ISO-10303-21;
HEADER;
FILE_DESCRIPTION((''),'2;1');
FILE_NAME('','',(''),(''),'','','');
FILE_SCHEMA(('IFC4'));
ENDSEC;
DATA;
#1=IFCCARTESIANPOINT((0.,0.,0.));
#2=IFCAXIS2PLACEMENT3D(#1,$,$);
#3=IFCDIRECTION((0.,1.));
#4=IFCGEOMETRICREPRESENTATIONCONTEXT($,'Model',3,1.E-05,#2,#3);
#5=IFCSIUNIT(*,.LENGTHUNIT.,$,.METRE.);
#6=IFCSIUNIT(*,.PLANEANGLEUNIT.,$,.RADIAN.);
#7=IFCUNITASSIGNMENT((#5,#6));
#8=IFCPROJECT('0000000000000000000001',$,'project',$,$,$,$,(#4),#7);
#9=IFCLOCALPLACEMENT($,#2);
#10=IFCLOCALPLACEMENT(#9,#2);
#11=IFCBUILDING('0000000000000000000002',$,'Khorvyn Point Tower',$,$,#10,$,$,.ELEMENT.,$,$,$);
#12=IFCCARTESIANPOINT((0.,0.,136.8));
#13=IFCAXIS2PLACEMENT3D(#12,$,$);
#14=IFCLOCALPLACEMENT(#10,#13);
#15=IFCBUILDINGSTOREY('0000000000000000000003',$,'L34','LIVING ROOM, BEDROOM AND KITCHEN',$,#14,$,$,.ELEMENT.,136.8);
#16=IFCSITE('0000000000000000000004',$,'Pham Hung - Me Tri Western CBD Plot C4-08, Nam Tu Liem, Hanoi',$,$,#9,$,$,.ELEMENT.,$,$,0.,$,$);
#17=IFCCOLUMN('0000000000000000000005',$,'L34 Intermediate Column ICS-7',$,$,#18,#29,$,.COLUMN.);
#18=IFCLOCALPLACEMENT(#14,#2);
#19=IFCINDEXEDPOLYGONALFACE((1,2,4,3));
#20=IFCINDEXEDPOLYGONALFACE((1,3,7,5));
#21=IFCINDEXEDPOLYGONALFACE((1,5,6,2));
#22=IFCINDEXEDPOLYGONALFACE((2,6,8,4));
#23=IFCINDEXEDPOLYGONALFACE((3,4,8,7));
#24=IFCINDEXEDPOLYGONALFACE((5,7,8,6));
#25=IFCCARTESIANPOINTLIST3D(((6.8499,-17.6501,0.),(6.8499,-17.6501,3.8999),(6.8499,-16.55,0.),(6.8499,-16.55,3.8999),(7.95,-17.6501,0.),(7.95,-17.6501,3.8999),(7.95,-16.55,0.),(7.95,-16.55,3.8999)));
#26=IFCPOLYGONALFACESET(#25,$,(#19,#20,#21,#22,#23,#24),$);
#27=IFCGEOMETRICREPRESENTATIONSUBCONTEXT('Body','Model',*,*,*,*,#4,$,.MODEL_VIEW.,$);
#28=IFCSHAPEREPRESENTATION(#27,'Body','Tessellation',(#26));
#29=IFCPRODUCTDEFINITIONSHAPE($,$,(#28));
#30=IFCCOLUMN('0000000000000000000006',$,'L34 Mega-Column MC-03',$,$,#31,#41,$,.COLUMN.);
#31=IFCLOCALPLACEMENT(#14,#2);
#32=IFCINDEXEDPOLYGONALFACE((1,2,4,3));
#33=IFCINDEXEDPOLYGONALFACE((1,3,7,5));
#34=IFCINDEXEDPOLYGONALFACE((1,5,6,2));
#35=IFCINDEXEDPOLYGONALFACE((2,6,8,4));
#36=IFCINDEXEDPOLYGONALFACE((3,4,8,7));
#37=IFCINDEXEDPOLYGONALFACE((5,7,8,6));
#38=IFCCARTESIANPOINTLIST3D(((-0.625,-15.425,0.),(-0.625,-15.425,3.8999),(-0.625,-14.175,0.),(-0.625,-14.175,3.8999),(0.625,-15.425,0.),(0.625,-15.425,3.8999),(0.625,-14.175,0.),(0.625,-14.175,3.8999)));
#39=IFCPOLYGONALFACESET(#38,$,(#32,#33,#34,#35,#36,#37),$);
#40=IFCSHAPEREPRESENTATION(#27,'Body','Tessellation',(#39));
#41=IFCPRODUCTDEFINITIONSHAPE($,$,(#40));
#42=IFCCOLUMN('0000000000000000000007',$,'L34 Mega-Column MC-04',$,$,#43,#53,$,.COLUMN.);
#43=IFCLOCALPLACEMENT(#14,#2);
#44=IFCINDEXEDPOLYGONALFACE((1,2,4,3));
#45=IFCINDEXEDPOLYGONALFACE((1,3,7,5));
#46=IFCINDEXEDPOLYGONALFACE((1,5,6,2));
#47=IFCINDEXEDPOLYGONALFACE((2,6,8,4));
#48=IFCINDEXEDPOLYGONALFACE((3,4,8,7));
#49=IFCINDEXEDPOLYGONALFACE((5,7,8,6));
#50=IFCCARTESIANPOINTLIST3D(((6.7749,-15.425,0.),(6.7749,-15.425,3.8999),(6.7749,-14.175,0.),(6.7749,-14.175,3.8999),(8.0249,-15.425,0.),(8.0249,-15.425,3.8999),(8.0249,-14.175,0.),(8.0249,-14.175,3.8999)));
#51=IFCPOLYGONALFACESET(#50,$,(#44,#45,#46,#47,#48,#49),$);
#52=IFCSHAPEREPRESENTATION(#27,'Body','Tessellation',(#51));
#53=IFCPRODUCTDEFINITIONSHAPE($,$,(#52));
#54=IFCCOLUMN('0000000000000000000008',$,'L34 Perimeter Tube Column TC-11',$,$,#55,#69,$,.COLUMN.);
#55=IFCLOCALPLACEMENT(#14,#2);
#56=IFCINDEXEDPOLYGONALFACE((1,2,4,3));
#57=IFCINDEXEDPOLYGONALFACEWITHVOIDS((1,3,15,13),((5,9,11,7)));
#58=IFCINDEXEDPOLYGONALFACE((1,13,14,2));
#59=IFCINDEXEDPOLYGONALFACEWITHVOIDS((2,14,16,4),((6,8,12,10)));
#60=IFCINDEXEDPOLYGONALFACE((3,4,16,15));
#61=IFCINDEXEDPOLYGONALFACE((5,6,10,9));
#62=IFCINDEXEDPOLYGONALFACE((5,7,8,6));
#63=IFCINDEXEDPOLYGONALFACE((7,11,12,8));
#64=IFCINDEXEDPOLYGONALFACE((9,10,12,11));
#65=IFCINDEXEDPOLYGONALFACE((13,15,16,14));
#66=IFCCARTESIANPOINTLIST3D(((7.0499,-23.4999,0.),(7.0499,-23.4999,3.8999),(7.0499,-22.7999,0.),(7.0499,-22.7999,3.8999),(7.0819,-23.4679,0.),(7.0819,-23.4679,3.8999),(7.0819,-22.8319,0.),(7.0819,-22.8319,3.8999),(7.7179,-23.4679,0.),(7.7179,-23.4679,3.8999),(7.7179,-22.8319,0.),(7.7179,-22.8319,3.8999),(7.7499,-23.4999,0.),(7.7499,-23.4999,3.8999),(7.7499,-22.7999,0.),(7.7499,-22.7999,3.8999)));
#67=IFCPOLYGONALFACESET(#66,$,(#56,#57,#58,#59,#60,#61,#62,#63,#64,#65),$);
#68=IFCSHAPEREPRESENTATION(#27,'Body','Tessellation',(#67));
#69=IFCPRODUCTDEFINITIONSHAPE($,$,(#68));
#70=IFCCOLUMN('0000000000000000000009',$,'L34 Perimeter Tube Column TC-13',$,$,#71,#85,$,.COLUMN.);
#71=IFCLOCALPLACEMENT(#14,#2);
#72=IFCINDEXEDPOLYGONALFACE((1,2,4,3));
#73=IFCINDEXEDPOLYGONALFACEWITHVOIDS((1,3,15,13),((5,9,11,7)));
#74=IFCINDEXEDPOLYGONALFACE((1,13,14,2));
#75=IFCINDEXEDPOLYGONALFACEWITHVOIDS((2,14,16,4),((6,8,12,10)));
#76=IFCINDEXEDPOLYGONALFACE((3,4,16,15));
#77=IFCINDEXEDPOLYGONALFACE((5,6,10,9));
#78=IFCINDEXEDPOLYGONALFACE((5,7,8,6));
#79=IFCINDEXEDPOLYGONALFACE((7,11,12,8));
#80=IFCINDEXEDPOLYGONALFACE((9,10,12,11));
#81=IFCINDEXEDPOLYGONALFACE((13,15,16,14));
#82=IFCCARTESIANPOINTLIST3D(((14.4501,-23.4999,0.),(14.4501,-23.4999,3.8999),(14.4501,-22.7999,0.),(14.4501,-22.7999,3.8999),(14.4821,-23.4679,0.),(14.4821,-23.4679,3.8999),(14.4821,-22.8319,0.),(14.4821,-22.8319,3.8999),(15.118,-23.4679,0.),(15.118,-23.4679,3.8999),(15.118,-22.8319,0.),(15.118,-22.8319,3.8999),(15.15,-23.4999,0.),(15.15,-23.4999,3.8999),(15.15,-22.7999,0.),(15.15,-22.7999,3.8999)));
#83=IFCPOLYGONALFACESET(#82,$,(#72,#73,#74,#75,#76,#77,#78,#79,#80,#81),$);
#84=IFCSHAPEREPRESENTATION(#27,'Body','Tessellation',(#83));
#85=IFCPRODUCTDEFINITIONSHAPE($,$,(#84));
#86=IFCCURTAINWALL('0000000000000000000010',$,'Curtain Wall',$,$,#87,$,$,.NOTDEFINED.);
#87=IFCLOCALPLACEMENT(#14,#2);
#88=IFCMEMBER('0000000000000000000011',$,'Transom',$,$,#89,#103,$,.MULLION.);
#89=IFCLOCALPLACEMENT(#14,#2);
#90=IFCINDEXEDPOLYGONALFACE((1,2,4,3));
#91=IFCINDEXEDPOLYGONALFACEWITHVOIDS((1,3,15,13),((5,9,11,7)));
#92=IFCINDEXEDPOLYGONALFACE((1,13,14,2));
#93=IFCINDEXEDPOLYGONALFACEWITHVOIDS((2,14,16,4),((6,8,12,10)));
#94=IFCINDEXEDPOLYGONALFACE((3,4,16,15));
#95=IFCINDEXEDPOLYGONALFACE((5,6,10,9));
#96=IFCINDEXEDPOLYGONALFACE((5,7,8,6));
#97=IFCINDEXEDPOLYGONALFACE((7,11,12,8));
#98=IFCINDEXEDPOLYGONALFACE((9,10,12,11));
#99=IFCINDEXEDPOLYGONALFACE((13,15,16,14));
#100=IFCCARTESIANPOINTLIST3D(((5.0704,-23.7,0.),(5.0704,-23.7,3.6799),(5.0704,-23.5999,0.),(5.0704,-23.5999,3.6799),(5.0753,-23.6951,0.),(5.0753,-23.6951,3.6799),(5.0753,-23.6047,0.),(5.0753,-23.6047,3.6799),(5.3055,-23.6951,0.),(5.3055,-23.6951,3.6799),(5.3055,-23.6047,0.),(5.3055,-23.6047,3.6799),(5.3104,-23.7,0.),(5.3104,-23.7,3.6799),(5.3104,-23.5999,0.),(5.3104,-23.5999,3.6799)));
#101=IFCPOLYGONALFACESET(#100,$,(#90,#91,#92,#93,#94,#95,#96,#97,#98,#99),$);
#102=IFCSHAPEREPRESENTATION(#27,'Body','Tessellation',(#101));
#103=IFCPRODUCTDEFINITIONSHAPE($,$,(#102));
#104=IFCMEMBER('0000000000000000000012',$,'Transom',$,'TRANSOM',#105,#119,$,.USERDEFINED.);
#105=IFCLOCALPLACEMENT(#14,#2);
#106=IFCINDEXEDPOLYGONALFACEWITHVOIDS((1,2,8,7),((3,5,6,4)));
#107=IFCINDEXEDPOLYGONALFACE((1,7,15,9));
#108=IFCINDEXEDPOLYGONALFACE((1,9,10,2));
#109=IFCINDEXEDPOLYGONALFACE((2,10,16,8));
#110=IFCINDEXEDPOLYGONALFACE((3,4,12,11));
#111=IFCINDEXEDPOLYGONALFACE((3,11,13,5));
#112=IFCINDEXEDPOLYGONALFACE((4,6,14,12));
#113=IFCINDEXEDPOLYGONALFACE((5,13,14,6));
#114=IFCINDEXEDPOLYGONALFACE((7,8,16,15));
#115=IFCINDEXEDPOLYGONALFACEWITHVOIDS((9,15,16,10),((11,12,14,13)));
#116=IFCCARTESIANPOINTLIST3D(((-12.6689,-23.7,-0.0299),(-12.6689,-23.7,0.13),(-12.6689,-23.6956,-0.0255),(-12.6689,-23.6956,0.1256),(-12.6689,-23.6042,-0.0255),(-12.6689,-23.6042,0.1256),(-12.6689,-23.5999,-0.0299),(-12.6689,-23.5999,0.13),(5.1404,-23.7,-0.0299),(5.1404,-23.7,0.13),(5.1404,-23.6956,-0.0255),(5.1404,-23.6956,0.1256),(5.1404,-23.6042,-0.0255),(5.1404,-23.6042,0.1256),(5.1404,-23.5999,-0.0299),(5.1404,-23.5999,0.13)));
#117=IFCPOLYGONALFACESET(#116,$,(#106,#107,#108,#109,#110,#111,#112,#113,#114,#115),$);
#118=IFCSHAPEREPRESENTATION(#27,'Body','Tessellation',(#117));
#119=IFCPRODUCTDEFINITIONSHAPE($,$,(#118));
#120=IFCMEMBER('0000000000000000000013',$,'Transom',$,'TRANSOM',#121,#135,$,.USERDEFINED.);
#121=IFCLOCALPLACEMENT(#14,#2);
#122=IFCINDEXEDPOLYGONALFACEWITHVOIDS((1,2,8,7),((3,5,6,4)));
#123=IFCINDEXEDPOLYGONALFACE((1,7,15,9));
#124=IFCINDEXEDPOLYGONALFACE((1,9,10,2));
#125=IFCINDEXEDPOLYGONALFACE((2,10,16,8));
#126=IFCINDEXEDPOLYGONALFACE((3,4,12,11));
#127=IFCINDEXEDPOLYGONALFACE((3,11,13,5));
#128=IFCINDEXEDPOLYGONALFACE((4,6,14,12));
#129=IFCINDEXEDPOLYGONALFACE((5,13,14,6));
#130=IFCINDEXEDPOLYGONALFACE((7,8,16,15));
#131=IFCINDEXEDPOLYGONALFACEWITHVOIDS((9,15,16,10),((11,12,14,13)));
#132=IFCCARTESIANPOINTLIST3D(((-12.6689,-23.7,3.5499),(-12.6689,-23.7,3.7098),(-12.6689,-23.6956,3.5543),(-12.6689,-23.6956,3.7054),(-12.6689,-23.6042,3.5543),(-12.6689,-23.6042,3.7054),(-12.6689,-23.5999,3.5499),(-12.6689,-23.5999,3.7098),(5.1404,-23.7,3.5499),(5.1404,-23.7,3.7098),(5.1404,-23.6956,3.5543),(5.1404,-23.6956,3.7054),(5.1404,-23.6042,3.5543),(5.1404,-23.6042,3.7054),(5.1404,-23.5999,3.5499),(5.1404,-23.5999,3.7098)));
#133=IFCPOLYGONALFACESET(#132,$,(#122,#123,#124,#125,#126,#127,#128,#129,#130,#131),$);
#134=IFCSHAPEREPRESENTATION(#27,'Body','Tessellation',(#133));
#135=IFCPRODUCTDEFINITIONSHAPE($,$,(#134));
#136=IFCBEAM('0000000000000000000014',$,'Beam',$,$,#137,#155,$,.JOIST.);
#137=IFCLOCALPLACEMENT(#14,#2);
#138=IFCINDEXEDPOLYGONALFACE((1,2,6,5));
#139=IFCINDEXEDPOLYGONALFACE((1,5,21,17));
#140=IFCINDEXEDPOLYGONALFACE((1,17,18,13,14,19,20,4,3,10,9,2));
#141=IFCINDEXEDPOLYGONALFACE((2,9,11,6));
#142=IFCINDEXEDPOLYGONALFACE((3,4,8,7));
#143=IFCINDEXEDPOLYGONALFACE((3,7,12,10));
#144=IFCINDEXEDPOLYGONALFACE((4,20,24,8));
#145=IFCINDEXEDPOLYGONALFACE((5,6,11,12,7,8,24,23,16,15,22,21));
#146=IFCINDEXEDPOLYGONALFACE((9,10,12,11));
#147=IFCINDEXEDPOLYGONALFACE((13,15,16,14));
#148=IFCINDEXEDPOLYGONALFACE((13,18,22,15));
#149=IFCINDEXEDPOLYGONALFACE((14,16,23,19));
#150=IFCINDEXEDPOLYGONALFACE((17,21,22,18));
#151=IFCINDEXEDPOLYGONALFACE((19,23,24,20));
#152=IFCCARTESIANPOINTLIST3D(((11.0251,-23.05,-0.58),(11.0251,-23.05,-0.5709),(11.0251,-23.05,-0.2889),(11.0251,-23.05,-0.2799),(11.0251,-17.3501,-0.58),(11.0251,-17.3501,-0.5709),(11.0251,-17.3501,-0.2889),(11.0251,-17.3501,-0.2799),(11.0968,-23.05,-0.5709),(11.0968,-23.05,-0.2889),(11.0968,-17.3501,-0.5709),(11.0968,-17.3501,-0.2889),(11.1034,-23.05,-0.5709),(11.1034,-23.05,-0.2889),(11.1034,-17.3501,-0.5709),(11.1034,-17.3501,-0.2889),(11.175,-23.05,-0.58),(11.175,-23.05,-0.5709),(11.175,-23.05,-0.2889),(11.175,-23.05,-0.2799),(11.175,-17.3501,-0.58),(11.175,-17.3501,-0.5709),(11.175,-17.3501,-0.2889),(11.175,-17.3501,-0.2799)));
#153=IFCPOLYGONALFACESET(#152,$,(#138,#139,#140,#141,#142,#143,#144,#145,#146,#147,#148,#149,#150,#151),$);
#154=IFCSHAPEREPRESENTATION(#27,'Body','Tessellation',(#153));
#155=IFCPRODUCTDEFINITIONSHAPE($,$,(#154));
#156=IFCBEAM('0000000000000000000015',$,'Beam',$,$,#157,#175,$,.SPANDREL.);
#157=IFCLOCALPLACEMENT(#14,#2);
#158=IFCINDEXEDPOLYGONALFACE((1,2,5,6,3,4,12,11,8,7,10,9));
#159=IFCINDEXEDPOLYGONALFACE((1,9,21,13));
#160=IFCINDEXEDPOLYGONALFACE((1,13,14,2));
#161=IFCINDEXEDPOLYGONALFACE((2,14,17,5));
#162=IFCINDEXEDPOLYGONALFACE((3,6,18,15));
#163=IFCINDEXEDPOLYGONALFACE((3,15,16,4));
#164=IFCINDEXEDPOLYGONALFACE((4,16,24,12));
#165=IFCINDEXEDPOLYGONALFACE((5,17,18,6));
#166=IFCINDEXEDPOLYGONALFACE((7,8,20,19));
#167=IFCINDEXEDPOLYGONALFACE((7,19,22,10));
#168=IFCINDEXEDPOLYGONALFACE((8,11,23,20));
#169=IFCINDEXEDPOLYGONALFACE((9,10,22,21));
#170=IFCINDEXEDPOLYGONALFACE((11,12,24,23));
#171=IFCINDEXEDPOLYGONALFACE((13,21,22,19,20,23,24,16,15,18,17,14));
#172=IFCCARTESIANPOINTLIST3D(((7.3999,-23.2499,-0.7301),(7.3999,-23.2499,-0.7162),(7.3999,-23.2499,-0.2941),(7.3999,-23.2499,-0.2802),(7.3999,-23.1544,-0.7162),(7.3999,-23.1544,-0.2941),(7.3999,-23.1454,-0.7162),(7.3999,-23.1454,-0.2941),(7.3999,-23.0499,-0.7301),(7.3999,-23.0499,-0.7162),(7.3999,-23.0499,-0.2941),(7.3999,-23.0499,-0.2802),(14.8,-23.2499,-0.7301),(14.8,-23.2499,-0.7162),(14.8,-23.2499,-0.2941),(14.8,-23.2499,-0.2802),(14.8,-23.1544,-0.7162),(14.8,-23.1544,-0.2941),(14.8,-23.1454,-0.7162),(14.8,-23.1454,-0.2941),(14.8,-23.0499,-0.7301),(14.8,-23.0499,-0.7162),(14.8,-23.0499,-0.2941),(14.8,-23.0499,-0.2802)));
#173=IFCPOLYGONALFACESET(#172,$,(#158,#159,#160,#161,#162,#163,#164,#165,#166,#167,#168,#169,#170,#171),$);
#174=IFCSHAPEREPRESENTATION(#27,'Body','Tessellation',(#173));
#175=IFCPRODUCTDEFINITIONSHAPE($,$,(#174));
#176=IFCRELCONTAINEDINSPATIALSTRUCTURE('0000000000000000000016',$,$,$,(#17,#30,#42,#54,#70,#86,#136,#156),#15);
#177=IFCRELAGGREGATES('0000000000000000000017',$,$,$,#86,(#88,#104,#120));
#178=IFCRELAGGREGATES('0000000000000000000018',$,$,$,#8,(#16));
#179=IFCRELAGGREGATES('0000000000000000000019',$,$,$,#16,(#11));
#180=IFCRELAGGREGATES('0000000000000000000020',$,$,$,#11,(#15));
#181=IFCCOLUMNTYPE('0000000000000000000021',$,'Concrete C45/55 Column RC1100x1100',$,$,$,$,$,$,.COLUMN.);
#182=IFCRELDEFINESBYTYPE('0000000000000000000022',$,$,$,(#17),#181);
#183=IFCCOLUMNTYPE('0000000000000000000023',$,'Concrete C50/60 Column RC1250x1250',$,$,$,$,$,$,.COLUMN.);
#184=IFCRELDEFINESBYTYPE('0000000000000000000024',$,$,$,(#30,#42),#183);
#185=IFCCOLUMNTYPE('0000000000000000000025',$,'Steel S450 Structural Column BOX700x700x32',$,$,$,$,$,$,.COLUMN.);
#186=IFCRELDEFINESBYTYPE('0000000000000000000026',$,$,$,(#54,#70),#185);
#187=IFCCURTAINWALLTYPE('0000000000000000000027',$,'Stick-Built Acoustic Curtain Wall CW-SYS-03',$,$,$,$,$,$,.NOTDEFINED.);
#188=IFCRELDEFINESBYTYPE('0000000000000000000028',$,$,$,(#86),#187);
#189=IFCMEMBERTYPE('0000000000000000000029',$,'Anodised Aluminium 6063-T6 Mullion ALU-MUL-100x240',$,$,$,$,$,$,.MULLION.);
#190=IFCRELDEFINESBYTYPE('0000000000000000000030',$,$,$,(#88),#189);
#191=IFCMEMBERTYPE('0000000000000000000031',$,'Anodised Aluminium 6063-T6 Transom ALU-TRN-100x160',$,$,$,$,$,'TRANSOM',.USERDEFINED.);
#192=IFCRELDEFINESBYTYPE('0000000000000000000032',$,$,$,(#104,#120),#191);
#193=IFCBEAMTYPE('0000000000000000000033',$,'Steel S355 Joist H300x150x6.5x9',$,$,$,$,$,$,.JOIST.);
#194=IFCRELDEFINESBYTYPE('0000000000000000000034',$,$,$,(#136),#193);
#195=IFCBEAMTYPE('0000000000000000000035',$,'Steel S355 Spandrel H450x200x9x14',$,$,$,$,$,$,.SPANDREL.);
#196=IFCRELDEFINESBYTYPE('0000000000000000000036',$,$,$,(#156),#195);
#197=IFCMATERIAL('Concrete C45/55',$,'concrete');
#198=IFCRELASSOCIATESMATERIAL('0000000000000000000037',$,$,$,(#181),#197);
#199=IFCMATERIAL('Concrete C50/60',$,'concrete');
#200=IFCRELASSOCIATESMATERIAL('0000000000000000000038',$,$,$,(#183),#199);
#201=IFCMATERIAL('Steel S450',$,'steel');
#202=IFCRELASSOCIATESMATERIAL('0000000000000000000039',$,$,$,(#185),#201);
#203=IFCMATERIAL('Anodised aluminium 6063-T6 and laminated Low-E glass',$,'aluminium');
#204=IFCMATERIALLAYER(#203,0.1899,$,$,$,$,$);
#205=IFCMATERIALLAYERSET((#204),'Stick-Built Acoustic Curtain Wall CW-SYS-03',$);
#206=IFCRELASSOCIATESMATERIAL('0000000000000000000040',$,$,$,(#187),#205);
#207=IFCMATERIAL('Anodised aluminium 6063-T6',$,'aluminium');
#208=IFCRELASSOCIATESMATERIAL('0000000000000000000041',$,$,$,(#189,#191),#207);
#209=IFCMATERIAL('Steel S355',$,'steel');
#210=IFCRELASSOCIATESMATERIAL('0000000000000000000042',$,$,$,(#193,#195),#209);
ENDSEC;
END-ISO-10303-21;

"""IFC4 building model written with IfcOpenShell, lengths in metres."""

from ifc_helpers import new_model, si_unit, direction, frame, origin, origin_2d, place, context, subcontext, project, spatial, rectangle, hollow_rectangle, i_section, extrude, material, layer, layer_set, material_profile, profile_set, type_object, element, aggregate, save


model = new_model("IFC4")

# Units and contexts
model_context = context("Model", 3, precision=1e-05, world=origin(), true_north=direction((0.0, 1.0)))
body_context = subcontext(model_context, "Body", "Model", "MODEL_VIEW")
ifc_project = project(units=[si_unit("LENGTHUNIT", "METRE"), si_unit("PLANEANGLEUNIT", "RADIAN")], contexts=[model_context])

# Site, building, storey
site_placement = place(None, origin())
site = spatial("IfcSite", under=ifc_project, at=site_placement, Name="Pham Hung - Me Tri Western CBD Plot C4-08, Nam Tu Liem, Hanoi", CompositionType="ELEMENT", RefElevation=0.0)
building_placement = place(site_placement, origin())
building = spatial("IfcBuilding", under=site, at=building_placement, Name="Khorvyn Point Tower", CompositionType="ELEMENT")
storey_placement = place(building_placement, frame((0.0, 0.0, 136.8)))
storey = spatial("IfcBuildingStorey", under=building, at=storey_placement, Name="L34", Description="LIVING ROOM, BEDROOM AND KITCHEN", CompositionType="ELEMENT", Elevation=136.8)

# Columns
ifc_material_1 = material(Name="Concrete C45/55", Category="concrete")
ifc_material_profile_1 = material_profile(ifc_material_1, rectangle(XDim=1.1001, YDim=1.1001, at=origin_2d()))
ifc_profile_set_1 = profile_set([ifc_material_profile_1], Name="Concrete C45/55 RC1100x1100")
column_type_1 = type_object("IfcColumnType", Name="Concrete C45/55 Column RC1100x1100", PredefinedType="COLUMN", material=ifc_profile_set_1)
column_placement = place(storey_placement, frame((7.3999, -17.1001, 0.0), z_axis=(0.0, 0.0, 1.0), x_axis=(1.0, 0.0, 0.0)))
element("IfcColumn", 1, at=column_placement, inside=storey, type_object=column_type_1, Name="L34 Intermediate Column ICS-7", PredefinedType="COLUMN", context=body_context, shape_type="SweptSolid", body=[
    extrude(rectangle(XDim=1.1001, YDim=1.1001, at=origin_2d()), origin(), (0.0, 0.0, 1.0), 3.8999),
])
ifc_material_2 = material(Name="Concrete C50/60", Category="concrete")
ifc_material_profile_2 = material_profile(ifc_material_2, rectangle(XDim=1.25, YDim=1.25, at=origin_2d()))
ifc_profile_set_2 = profile_set([ifc_material_profile_2], Name="Concrete C50/60 RC1250x1250")
column_type_2 = type_object("IfcColumnType", Name="Concrete C50/60 Column RC1250x1250", PredefinedType="COLUMN", material=ifc_profile_set_2)
for number, where, z_axis, x_axis, name in (
    (2, (0.0, -14.8, 0.0), (0.0, 0.0, 1.0), (1.0, 0.0, 0.0), "L34 Mega-Column MC-03"),
    (3, (7.3999, -14.8, 0.0), (0.0, 0.0, 1.0), (1.0, 0.0, 0.0), "L34 Mega-Column MC-04"),
):
    element("IfcColumn", number, at=place(storey_placement, frame(where, z_axis=z_axis, x_axis=x_axis)), inside=storey, type_object=column_type_2, Name=name, PredefinedType="COLUMN", context=body_context, shape_type="SweptSolid", body=[
        extrude(rectangle(XDim=1.25, YDim=1.25, at=origin_2d()), origin(), (0.0, 0.0, 1.0), 3.8999),
    ])
ifc_material_3 = material(Name="Steel S450", Category="steel")
ifc_material_profile_3 = material_profile(ifc_material_3, hollow_rectangle(XDim=0.7, YDim=0.7, WallThickness=0.032, at=origin_2d()))
ifc_profile_set_3 = profile_set([ifc_material_profile_3], Name="Steel S450 BOX700x700x32")
column_type_3 = type_object("IfcColumnType", Name="Steel S450 Structural Column BOX700x700x32", PredefinedType="COLUMN", material=ifc_profile_set_3)
for number, where, z_axis, x_axis, name in (
    (4, (7.3999, -23.1499, 0.0), (0.0, 0.0, 1.0), (1.0, 0.0, 0.0), "L34 Perimeter Tube Column TC-11"),
    (5, (14.8, -23.1499, 0.0), (0.0, 0.0, 1.0), (1.0, 0.0, 0.0), "L34 Perimeter Tube Column TC-13"),
):
    element("IfcColumn", number, at=place(storey_placement, frame(where, z_axis=z_axis, x_axis=x_axis)), inside=storey, type_object=column_type_3, Name=name, PredefinedType="COLUMN", context=body_context, shape_type="SweptSolid", body=[
        extrude(hollow_rectangle(XDim=0.7, YDim=0.7, WallThickness=0.032, at=origin_2d()), origin(), (0.0, 0.0, 1.0), 3.8999),
    ])

# Curtain wall, members
ifc_material_4 = material(Name="Anodised aluminium 6063-T6 and laminated Low-E glass", Category="aluminium")
ifc_layer_1 = layer(ifc_material_4, 0.1899)
ifc_layer_set_1 = layer_set([ifc_layer_1], Name="Stick-Built Acoustic Curtain Wall CW-SYS-03")
curtain_wall_type = type_object("IfcCurtainWallType", Name="Stick-Built Acoustic Curtain Wall CW-SYS-03", PredefinedType="NOTDEFINED", material=ifc_layer_set_1)
curtain_wall_placement = place(storey_placement, origin())
curtain_wall = element("IfcCurtainWall", 6, at=curtain_wall_placement, inside=storey, type_object=curtain_wall_type, Name="Curtain Wall", PredefinedType="NOTDEFINED")
ifc_material_5 = material(Name="Anodised aluminium 6063-T6", Category="aluminium")
ifc_material_profile_4 = material_profile(ifc_material_5, hollow_rectangle(XDim=0.1001, YDim=0.24, WallThickness=0.0049, at=origin_2d()))
ifc_profile_set_4 = profile_set([ifc_material_profile_4], Name="Anodised aluminium 6063-T6 ALU-MUL-100x240")
member_type_1 = type_object("IfcMemberType", Name="Anodised Aluminium 6063-T6 Mullion ALU-MUL-100x240", PredefinedType="MULLION", material=ifc_profile_set_4)
member_1_placement = place(storey_placement, frame((5.1904, -23.6499, 0.0), z_axis=(0.0, 0.0, 1.0), x_axis=(0.0, -1.0, 0.0)))
member_1 = element("IfcMember", 7, at=member_1_placement, type_object=member_type_1, Name="Transom", PredefinedType="MULLION", context=body_context, shape_type="SweptSolid", body=[
    extrude(hollow_rectangle(XDim=0.1001, YDim=0.24, WallThickness=0.0049, at=origin_2d()), origin(), (0.0, 0.0, 1.0), 3.6799),
])
ifc_material_profile_5 = material_profile(ifc_material_5, hollow_rectangle(XDim=0.1001, YDim=0.1599, WallThickness=0.0044, at=origin_2d()))
ifc_profile_set_5 = profile_set([ifc_material_profile_5], Name="Anodised aluminium 6063-T6 ALU-TRN-100x160")
member_type_2 = type_object("IfcMemberType", Name="Anodised Aluminium 6063-T6 Transom ALU-TRN-100x160", ElementType="TRANSOM", PredefinedType="USERDEFINED", material=ifc_profile_set_5)
member_2_placement = place(storey_placement, frame((5.1404, -23.6499, 0.05), z_axis=(-1.0, 0.0, 0.0), x_axis=(0.0, -1.0, 0.0)))
member_2 = element("IfcMember", 8, at=member_2_placement, type_object=member_type_2, Name="Transom", ObjectType="TRANSOM", PredefinedType="USERDEFINED", context=body_context, shape_type="SweptSolid", body=[
    extrude(hollow_rectangle(XDim=0.1001, YDim=0.1599, WallThickness=0.0044, at=origin_2d()), origin(), (0.0, 0.0, 1.0), 17.8093),
])
member_3_placement = place(storey_placement, frame((5.1404, -23.6499, 3.6299), z_axis=(-1.0, 0.0, 0.0), x_axis=(0.0, -1.0, 0.0)))
member_3 = element("IfcMember", 9, at=member_3_placement, type_object=member_type_2, Name="Transom", ObjectType="TRANSOM", PredefinedType="USERDEFINED", context=body_context, shape_type="SweptSolid", body=[
    extrude(hollow_rectangle(XDim=0.1001, YDim=0.1599, WallThickness=0.0044, at=origin_2d()), origin(), (0.0, 0.0, 1.0), 17.8093),
])

# Beams
ifc_material_6 = material(Name="Steel S355", Category="steel")
ifc_material_profile_6 = material_profile(ifc_material_6, i_section(OverallWidth=0.1499, OverallDepth=0.3, WebThickness=0.0066, FlangeThickness=0.009, at=origin_2d()))
ifc_profile_set_6 = profile_set([ifc_material_profile_6], Name="Steel S355 H300x150x6.5x9")
beam_type_1 = type_object("IfcBeamType", Name="Steel S355 Joist H300x150x6.5x9", PredefinedType="JOIST", material=ifc_profile_set_6)
beam_1_placement = place(storey_placement, frame((11.1001, -23.05, -0.4299), z_axis=(0.0, 1.0, 0.0), x_axis=(-1.0, 0.0, 0.0)))
element("IfcBeam", 10, at=beam_1_placement, inside=storey, type_object=beam_type_1, Name="Beam", PredefinedType="JOIST", context=body_context, shape_type="SweptSolid", body=[
    extrude(i_section(OverallWidth=0.1499, OverallDepth=0.3, WebThickness=0.0066, FlangeThickness=0.009, at=origin_2d()), origin(), (0.0, 0.0, 1.0), 5.7),
])
ifc_material_profile_7 = material_profile(ifc_material_6, i_section(OverallWidth=0.2, OverallDepth=0.45, WebThickness=0.009, FlangeThickness=0.0139, at=origin_2d()))
ifc_profile_set_7 = profile_set([ifc_material_profile_7], Name="Steel S355 H450x200x9x14")
beam_type_2 = type_object("IfcBeamType", Name="Steel S355 Spandrel H450x200x9x14", PredefinedType="SPANDREL", material=ifc_profile_set_7)
beam_2_placement = place(storey_placement, frame((7.3999, -23.1499, -0.5051), z_axis=(1.0, 0.0, 0.0), x_axis=(0.0, 1.0, 0.0)))
element("IfcBeam", 11, at=beam_2_placement, inside=storey, type_object=beam_type_2, Name="Beam", PredefinedType="SPANDREL", context=body_context, shape_type="SweptSolid", body=[
    extrude(i_section(OverallWidth=0.2, OverallDepth=0.45, WebThickness=0.009, FlangeThickness=0.0139, at=origin_2d()), origin(), (0.0, 0.0, 1.0), 7.4001),
])

aggregate(curtain_wall, [member_1, member_2, member_3])

save(model, "model.ifc")
